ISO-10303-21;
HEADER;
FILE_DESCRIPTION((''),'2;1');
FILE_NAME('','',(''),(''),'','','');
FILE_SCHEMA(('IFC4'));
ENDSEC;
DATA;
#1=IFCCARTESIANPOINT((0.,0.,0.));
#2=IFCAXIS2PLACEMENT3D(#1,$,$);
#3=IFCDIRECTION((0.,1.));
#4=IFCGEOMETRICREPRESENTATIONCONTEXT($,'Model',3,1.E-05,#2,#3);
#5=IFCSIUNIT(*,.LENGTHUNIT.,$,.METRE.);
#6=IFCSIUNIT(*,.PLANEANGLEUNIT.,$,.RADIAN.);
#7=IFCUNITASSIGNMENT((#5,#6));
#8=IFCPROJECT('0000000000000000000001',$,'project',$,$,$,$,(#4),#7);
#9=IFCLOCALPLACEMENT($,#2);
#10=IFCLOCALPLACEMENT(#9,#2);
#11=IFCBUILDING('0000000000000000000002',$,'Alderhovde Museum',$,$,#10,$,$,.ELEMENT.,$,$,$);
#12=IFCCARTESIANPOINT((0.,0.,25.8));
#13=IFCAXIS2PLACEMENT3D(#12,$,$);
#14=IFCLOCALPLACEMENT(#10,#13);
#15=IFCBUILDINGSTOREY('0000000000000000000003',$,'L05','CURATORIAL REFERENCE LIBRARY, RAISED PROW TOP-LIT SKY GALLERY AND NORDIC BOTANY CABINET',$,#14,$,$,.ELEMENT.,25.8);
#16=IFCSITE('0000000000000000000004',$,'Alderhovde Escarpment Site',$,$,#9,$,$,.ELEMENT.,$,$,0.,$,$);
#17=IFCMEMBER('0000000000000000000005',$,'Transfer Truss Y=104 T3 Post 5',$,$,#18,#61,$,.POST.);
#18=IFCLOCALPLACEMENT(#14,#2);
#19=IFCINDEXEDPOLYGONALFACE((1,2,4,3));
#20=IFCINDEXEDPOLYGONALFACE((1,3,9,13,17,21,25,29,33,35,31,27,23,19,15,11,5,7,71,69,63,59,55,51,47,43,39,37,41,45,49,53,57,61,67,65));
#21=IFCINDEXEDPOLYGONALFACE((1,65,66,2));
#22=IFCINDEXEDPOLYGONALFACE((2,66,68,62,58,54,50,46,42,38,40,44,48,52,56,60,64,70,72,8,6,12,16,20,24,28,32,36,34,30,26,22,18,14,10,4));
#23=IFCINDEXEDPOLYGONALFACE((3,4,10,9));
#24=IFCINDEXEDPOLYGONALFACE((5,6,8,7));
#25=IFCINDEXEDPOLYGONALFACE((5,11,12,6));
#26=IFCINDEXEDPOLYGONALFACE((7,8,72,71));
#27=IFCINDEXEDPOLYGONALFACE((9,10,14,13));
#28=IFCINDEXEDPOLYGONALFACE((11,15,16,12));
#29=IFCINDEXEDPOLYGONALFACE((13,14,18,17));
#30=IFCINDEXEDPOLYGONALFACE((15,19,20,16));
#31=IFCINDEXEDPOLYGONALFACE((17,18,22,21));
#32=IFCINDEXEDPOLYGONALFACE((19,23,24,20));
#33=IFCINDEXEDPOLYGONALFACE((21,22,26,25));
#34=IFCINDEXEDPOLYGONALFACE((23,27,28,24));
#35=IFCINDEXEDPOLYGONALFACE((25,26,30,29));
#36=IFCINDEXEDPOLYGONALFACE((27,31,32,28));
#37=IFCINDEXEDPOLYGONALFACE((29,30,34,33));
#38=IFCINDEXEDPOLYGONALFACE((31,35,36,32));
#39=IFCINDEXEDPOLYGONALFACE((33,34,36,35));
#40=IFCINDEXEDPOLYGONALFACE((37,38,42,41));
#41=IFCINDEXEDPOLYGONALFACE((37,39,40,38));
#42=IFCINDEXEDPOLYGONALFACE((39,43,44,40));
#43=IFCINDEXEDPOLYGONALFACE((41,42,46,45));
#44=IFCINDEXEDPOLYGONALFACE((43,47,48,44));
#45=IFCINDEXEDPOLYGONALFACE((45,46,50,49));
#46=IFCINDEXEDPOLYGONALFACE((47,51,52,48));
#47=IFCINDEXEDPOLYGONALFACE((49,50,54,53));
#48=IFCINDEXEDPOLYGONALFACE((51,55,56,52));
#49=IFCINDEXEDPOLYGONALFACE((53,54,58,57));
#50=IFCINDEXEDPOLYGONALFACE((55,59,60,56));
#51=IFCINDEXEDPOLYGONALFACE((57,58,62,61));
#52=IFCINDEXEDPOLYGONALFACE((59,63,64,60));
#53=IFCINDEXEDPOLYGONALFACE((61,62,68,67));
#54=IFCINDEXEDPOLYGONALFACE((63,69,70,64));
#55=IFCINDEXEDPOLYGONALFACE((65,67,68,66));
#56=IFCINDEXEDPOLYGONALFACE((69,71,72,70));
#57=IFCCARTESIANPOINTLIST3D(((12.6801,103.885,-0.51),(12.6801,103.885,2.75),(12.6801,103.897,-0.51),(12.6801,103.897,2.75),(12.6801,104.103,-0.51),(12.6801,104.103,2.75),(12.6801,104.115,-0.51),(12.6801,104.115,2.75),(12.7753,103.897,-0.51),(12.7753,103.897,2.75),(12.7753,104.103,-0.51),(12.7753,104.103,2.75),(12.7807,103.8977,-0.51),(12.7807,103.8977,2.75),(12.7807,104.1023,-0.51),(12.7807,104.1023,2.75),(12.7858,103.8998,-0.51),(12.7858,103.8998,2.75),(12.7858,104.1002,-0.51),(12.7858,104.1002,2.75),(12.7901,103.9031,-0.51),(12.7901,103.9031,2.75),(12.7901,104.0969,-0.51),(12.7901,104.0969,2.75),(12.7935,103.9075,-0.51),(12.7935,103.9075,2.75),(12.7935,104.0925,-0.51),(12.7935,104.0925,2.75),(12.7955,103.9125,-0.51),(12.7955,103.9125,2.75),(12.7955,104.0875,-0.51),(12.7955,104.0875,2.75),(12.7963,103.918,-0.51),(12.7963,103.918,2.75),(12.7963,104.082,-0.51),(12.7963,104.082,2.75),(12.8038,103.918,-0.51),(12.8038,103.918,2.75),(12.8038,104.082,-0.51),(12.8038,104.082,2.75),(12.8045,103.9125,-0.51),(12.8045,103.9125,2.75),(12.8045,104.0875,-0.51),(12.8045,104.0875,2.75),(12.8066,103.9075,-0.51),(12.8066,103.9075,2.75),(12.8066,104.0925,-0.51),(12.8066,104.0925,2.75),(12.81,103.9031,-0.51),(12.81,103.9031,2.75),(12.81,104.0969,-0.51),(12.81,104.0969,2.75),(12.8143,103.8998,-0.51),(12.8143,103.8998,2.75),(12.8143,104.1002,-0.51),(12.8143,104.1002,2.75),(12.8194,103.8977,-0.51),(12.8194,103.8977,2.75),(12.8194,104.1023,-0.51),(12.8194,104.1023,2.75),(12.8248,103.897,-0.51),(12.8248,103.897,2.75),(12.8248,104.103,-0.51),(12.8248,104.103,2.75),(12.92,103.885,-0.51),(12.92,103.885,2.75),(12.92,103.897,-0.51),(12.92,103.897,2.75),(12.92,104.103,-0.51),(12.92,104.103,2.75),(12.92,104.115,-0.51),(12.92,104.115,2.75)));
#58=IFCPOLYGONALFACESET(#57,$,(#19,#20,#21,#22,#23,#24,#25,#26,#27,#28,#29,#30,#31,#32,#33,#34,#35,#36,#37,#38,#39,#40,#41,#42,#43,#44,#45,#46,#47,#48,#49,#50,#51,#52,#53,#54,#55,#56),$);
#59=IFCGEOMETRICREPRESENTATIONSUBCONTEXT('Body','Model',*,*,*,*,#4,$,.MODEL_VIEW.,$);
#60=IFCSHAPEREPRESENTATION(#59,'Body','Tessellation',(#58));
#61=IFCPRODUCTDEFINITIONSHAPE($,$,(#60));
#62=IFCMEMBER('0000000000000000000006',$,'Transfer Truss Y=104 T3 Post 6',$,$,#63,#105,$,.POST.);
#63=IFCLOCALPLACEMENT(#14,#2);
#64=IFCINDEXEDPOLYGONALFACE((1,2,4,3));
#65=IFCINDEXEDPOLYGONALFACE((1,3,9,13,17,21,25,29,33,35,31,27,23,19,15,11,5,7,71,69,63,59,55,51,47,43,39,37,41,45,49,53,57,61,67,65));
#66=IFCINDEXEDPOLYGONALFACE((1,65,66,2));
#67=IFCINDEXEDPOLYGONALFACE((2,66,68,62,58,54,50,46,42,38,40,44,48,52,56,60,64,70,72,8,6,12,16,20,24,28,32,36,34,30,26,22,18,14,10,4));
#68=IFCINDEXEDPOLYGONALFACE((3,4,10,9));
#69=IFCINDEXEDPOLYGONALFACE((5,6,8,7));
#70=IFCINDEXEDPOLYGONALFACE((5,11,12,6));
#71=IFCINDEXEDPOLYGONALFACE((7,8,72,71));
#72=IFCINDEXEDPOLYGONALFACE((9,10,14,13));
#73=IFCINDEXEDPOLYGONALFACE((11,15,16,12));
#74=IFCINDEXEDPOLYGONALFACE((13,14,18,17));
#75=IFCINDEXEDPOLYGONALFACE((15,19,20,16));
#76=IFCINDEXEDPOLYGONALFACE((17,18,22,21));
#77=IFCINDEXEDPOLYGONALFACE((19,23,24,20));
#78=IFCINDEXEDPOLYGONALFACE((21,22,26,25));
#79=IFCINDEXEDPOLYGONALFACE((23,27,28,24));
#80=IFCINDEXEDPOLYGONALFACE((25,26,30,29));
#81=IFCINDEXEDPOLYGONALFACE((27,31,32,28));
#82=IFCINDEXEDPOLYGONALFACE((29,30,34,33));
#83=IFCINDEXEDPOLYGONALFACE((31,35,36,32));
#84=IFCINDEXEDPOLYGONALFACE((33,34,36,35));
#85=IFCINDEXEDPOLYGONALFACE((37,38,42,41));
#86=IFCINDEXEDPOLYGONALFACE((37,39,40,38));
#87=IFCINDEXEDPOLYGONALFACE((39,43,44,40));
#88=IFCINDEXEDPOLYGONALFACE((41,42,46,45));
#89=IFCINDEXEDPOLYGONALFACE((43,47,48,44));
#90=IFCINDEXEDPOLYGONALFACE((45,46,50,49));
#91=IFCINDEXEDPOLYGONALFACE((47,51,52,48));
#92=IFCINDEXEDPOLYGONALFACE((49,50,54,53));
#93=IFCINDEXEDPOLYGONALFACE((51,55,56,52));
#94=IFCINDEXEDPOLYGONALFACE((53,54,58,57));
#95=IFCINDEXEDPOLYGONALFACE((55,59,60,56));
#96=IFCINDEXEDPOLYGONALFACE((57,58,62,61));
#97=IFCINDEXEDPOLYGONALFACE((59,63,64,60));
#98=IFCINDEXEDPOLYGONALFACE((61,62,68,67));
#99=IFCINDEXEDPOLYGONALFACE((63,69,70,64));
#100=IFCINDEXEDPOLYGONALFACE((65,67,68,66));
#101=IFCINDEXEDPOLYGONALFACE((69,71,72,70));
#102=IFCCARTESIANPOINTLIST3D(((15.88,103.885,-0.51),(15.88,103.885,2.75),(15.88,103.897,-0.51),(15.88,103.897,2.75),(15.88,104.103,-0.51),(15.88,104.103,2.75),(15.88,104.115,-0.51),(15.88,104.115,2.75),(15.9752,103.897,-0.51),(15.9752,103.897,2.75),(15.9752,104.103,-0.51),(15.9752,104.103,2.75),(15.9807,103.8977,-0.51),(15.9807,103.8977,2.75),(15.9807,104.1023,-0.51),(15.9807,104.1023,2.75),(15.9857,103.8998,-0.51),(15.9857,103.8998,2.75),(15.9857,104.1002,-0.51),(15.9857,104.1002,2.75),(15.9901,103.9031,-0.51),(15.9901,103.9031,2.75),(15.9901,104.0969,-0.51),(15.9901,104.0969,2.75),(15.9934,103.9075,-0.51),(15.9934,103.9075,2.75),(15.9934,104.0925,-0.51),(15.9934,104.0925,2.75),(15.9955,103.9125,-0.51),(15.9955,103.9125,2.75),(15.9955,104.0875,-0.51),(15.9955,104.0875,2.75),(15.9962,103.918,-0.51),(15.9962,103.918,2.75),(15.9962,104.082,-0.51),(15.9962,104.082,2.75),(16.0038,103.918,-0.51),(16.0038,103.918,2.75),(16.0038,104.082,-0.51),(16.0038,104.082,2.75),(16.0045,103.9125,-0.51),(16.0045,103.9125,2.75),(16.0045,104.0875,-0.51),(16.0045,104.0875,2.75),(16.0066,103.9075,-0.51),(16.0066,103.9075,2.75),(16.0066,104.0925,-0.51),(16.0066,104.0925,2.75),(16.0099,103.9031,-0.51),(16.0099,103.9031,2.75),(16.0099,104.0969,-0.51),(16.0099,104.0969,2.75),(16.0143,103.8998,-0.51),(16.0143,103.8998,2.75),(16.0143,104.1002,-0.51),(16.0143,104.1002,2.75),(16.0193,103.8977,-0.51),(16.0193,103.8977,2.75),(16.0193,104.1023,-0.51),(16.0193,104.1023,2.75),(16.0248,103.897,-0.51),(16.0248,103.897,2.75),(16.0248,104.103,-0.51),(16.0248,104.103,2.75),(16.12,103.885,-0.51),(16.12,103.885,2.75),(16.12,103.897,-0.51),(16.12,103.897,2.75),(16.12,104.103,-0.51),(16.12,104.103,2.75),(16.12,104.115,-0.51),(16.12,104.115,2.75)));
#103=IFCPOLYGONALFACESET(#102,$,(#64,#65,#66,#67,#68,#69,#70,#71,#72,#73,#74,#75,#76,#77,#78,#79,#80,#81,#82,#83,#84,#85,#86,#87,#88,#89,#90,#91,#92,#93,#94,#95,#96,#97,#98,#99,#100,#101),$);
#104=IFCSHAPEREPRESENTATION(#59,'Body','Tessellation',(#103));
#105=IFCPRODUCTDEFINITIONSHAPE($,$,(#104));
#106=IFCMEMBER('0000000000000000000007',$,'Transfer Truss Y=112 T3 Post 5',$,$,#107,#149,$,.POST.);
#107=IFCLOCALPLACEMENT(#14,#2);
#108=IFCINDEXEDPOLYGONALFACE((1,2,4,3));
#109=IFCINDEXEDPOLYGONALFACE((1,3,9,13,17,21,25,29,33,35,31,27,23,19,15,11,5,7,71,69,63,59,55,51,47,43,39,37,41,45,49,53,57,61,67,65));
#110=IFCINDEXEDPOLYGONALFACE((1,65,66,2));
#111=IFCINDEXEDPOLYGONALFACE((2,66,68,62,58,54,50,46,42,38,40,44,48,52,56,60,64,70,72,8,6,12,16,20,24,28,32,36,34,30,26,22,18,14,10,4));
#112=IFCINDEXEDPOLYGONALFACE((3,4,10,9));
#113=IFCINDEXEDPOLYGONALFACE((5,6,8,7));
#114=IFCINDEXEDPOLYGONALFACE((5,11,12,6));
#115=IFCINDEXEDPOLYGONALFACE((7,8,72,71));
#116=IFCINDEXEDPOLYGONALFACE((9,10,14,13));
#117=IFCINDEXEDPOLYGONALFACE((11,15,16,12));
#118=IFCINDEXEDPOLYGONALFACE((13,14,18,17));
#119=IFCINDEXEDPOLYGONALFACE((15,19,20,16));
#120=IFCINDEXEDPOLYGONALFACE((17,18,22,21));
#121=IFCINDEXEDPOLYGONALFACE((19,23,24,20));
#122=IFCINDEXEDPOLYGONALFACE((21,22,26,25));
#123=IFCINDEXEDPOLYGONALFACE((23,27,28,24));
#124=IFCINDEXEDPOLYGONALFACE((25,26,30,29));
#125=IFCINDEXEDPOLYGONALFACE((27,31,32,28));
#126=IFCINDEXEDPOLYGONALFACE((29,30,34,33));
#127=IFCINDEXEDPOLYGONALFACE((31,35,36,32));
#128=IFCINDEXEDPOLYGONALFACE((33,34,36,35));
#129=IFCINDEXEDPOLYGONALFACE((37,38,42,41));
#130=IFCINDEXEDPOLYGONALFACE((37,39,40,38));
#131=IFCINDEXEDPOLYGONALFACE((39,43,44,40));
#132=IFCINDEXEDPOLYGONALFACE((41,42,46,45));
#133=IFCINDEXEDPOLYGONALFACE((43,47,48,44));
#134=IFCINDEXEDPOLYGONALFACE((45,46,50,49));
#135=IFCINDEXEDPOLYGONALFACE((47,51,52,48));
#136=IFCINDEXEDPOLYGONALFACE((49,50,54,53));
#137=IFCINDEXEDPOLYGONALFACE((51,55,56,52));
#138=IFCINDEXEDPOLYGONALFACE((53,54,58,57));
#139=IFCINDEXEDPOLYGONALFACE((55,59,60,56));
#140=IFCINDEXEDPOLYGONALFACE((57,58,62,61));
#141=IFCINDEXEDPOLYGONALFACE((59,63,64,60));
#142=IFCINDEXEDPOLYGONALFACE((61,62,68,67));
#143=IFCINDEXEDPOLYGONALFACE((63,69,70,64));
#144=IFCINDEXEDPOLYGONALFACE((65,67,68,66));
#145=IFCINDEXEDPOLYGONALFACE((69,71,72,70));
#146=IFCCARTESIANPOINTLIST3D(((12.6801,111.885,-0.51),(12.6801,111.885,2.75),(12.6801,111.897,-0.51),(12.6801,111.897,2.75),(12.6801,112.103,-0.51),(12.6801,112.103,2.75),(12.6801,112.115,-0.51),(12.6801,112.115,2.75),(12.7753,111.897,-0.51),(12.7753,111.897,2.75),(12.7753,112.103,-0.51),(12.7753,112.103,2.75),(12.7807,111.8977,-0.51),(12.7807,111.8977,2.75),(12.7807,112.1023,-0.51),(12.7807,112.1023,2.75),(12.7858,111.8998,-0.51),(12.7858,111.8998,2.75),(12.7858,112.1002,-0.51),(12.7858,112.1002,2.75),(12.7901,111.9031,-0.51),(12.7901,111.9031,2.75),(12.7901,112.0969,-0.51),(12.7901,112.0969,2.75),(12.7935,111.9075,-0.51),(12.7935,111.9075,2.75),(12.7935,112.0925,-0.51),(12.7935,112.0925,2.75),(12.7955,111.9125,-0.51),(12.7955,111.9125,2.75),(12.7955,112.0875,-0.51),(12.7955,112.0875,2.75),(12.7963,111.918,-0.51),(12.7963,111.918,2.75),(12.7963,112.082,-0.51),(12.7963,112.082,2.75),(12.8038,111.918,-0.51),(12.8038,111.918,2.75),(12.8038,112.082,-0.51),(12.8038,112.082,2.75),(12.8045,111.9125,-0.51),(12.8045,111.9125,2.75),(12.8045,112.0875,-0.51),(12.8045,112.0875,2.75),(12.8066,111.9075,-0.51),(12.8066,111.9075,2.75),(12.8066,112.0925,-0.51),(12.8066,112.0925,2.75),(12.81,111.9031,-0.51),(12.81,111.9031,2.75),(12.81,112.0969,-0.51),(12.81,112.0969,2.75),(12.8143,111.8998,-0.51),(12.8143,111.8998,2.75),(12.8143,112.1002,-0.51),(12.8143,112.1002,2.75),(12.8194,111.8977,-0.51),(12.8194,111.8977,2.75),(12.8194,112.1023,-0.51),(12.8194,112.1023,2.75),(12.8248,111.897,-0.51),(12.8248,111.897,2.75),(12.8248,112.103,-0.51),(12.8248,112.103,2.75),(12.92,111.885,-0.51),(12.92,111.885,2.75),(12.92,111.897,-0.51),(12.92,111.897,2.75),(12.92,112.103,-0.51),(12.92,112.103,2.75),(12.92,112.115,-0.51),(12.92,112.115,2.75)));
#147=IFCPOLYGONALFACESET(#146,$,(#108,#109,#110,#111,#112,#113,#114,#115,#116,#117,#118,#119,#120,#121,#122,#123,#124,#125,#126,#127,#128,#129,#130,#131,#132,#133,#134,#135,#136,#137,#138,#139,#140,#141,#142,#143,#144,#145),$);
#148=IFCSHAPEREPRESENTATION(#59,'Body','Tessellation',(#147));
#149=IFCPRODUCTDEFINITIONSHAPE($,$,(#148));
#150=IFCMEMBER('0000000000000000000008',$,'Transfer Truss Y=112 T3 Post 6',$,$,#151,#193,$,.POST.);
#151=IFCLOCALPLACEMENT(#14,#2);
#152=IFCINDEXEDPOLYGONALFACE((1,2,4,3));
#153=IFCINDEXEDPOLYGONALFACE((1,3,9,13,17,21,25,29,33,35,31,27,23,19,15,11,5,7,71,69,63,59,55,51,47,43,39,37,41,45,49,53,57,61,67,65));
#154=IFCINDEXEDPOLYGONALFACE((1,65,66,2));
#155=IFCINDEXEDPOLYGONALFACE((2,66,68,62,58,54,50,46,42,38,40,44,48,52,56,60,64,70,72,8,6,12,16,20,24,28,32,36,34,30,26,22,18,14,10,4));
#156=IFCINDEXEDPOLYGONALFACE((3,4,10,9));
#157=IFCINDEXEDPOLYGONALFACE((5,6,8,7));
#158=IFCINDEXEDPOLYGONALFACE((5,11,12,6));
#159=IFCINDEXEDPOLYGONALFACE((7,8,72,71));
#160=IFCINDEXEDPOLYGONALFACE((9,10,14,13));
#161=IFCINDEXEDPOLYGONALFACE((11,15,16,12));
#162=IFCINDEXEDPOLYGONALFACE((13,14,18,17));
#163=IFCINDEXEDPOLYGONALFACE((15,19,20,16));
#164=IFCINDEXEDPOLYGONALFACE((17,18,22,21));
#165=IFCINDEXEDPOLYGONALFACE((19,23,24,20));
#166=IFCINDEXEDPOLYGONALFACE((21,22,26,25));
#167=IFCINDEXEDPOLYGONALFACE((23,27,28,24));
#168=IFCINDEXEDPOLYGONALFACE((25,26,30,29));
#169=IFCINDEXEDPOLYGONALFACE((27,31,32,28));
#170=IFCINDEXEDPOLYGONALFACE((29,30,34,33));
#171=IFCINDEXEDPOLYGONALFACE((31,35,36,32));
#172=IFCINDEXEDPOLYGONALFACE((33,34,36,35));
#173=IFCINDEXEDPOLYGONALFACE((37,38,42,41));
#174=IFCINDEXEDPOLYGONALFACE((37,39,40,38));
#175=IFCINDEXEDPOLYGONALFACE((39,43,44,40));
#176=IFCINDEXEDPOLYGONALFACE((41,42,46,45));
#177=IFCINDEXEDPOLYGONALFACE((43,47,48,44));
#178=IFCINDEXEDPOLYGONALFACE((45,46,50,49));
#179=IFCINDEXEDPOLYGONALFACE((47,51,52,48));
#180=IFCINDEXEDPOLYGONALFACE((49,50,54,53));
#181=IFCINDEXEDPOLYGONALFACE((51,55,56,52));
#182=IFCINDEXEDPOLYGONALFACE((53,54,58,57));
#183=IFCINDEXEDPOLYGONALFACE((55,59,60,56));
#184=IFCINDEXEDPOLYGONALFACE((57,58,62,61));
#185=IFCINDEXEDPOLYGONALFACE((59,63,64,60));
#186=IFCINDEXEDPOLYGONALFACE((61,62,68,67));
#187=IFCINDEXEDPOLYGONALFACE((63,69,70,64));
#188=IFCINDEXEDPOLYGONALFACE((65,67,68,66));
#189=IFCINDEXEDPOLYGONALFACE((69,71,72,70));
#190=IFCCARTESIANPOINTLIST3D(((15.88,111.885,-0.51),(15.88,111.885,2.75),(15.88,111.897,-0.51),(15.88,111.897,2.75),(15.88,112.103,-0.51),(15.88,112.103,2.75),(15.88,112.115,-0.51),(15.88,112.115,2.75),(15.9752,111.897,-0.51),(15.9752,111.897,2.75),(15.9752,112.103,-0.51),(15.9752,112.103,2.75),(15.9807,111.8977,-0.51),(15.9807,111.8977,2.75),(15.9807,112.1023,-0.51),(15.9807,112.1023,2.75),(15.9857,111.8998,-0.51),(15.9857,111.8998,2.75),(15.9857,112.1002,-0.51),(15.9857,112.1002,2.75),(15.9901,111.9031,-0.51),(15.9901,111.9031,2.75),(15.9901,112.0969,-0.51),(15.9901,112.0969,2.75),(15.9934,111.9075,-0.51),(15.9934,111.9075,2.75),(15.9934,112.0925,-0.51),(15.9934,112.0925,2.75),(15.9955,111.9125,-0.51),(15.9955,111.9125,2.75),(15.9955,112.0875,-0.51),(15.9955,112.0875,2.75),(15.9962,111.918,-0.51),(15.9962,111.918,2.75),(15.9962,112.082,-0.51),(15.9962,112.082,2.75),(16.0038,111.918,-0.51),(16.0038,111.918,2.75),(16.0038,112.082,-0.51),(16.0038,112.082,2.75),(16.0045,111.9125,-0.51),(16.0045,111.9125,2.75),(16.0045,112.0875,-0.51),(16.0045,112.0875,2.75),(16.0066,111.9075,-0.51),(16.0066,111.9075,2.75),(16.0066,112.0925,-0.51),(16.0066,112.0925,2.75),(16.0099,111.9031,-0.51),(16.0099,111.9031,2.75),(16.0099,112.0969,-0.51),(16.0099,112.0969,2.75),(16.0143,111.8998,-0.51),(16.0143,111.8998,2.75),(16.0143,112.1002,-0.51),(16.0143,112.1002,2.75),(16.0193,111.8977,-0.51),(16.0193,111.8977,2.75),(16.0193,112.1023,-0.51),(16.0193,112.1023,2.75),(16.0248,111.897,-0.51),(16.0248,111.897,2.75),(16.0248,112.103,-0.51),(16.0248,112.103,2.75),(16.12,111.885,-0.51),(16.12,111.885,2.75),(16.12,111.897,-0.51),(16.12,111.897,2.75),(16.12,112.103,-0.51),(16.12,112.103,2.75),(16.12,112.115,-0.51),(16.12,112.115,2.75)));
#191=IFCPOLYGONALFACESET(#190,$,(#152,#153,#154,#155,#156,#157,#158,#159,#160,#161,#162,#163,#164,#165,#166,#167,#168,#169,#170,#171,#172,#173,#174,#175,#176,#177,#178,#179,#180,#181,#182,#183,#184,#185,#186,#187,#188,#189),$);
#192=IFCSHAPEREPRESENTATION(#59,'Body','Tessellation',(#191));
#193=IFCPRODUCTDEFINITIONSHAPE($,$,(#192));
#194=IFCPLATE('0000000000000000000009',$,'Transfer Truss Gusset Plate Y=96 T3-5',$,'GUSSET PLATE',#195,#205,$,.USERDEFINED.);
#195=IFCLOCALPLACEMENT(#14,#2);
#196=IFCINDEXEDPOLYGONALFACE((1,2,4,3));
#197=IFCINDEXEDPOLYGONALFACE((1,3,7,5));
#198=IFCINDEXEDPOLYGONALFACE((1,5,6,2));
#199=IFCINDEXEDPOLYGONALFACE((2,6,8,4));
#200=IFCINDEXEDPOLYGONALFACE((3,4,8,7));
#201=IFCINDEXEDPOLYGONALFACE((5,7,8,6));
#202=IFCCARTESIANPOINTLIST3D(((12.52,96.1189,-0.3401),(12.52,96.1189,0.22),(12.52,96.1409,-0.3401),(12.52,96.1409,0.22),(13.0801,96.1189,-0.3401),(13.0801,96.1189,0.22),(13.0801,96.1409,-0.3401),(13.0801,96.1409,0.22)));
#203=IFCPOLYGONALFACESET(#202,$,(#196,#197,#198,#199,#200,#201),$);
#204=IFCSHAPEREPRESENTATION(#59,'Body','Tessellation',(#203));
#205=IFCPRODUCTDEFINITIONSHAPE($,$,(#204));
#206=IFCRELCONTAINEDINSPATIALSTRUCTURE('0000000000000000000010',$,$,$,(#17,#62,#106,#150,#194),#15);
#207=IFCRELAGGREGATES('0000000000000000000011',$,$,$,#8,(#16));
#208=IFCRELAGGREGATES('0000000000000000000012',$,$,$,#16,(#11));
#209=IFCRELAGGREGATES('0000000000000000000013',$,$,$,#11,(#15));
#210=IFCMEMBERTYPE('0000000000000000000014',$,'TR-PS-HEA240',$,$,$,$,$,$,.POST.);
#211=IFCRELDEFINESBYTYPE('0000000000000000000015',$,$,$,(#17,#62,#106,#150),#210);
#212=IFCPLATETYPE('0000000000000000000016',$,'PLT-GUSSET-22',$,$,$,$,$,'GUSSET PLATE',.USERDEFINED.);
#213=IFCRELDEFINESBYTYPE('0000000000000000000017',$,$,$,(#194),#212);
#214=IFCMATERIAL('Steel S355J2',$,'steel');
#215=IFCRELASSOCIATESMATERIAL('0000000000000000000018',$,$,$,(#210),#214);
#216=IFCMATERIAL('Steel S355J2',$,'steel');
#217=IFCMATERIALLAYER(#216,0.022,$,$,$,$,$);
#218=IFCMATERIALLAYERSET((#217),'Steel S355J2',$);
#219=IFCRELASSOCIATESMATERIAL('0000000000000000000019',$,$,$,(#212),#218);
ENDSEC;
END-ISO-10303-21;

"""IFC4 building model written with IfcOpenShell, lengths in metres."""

from ifc_helpers import new_model, si_unit, direction, frame, origin, origin_2d, place, context, subcontext, project, spatial, rectangle, i_section, extrude, material, layer, layer_set, material_profile, profile_set, type_object, element, save


model = new_model("IFC4")

# Units and contexts
model_context = context("Model", 3, precision=1e-05, world=origin(), true_north=direction((0.0, 1.0)))
body_context = subcontext(model_context, "Body", "Model", "MODEL_VIEW")
ifc_project = project(units=[si_unit("LENGTHUNIT", "METRE"), si_unit("PLANEANGLEUNIT", "RADIAN")], contexts=[model_context])

# Site, building, storey
site_placement = place(None, origin())
site = spatial("IfcSite", under=ifc_project, at=site_placement, Name="Alderhovde Escarpment Site", CompositionType="ELEMENT", RefElevation=0.0)
building_placement = place(site_placement, origin())
building = spatial("IfcBuilding", under=site, at=building_placement, Name="Alderhovde Museum", CompositionType="ELEMENT")
storey_placement = place(building_placement, frame((0.0, 0.0, 25.8)))
storey = spatial("IfcBuildingStorey", under=building, at=storey_placement, Name="L05", Description="CURATORIAL REFERENCE LIBRARY, RAISED PROW TOP-LIT SKY GALLERY AND NORDIC BOTANY CABINET", CompositionType="ELEMENT", Elevation=25.8)

# Members
ifc_material_1 = material(Name="Steel S355J2", Category="steel")
ifc_material_profile_1 = material_profile(ifc_material_1, i_section(OverallWidth=0.24, OverallDepth=0.23, WebThickness=0.0076, FlangeThickness=0.012, FilletRadius=0.021, at=origin_2d()), Name="HEA 240")
ifc_profile_set_1 = profile_set([ifc_material_profile_1], Name="Steel S355J2")
member_type_1 = type_object("IfcMemberType", Name="TR-PS-HEA240", PredefinedType="POST", material=ifc_profile_set_1)
for number, where, z_axis, x_axis, name in (
    (1, (12.8, 104.0, -0.51), (0.0, 0.0, 1.0), (1.0, 0.0, 0.0), "Transfer Truss Y=104 T3 Post 5"),
    (2, (16.0, 104.0, -0.51), (0.0, 0.0, 1.0), (1.0, 0.0, 0.0), "Transfer Truss Y=104 T3 Post 6"),
    (3, (12.8, 112.0, -0.51), (0.0, 0.0, 1.0), (1.0, 0.0, 0.0), "Transfer Truss Y=112 T3 Post 5"),
    (4, (16.0, 112.0, -0.51), (0.0, 0.0, 1.0), (1.0, 0.0, 0.0), "Transfer Truss Y=112 T3 Post 6"),
):
    element("IfcMember", number, at=place(storey_placement, frame(where, z_axis=z_axis, x_axis=x_axis)), inside=storey, type_object=member_type_1, Name=name, PredefinedType="POST", context=body_context, shape_type="SweptSolid", body=[
        extrude(i_section(OverallWidth=0.24, OverallDepth=0.23, WebThickness=0.0076, FlangeThickness=0.012, FilletRadius=0.021, at=origin_2d()), origin(), (0.0, 0.0, 1.0), 3.26),
    ])

# Plate
ifc_material_2 = material(Name="Steel S355J2", Category="steel")
ifc_layer = layer(ifc_material_2, 0.022)
ifc_layer_set = layer_set([ifc_layer], Name="Steel S355J2")
plate_type = type_object("IfcPlateType", Name="PLT-GUSSET-22", ElementType="GUSSET PLATE", PredefinedType="USERDEFINED", material=ifc_layer_set)
for number, where, z_axis, x_axis, name in (
    (5, (12.8, 96.1299, -0.3401), (0.0, 0.0, 1.0), (1.0, 0.0, 0.0), "Transfer Truss Gusset Plate Y=96 T3-5"),
):
    element("IfcPlate", number, at=place(storey_placement, frame(where, z_axis=z_axis, x_axis=x_axis)), inside=storey, type_object=plate_type, Name=name, ObjectType="GUSSET PLATE", PredefinedType="USERDEFINED", context=body_context, shape_type="SweptSolid", body=[
        extrude(rectangle(XDim=0.5601, YDim=0.022, at=origin_2d()), origin(), (0.0, 0.0, 1.0), 0.5601),
    ])

save(model, "model.ifc")
